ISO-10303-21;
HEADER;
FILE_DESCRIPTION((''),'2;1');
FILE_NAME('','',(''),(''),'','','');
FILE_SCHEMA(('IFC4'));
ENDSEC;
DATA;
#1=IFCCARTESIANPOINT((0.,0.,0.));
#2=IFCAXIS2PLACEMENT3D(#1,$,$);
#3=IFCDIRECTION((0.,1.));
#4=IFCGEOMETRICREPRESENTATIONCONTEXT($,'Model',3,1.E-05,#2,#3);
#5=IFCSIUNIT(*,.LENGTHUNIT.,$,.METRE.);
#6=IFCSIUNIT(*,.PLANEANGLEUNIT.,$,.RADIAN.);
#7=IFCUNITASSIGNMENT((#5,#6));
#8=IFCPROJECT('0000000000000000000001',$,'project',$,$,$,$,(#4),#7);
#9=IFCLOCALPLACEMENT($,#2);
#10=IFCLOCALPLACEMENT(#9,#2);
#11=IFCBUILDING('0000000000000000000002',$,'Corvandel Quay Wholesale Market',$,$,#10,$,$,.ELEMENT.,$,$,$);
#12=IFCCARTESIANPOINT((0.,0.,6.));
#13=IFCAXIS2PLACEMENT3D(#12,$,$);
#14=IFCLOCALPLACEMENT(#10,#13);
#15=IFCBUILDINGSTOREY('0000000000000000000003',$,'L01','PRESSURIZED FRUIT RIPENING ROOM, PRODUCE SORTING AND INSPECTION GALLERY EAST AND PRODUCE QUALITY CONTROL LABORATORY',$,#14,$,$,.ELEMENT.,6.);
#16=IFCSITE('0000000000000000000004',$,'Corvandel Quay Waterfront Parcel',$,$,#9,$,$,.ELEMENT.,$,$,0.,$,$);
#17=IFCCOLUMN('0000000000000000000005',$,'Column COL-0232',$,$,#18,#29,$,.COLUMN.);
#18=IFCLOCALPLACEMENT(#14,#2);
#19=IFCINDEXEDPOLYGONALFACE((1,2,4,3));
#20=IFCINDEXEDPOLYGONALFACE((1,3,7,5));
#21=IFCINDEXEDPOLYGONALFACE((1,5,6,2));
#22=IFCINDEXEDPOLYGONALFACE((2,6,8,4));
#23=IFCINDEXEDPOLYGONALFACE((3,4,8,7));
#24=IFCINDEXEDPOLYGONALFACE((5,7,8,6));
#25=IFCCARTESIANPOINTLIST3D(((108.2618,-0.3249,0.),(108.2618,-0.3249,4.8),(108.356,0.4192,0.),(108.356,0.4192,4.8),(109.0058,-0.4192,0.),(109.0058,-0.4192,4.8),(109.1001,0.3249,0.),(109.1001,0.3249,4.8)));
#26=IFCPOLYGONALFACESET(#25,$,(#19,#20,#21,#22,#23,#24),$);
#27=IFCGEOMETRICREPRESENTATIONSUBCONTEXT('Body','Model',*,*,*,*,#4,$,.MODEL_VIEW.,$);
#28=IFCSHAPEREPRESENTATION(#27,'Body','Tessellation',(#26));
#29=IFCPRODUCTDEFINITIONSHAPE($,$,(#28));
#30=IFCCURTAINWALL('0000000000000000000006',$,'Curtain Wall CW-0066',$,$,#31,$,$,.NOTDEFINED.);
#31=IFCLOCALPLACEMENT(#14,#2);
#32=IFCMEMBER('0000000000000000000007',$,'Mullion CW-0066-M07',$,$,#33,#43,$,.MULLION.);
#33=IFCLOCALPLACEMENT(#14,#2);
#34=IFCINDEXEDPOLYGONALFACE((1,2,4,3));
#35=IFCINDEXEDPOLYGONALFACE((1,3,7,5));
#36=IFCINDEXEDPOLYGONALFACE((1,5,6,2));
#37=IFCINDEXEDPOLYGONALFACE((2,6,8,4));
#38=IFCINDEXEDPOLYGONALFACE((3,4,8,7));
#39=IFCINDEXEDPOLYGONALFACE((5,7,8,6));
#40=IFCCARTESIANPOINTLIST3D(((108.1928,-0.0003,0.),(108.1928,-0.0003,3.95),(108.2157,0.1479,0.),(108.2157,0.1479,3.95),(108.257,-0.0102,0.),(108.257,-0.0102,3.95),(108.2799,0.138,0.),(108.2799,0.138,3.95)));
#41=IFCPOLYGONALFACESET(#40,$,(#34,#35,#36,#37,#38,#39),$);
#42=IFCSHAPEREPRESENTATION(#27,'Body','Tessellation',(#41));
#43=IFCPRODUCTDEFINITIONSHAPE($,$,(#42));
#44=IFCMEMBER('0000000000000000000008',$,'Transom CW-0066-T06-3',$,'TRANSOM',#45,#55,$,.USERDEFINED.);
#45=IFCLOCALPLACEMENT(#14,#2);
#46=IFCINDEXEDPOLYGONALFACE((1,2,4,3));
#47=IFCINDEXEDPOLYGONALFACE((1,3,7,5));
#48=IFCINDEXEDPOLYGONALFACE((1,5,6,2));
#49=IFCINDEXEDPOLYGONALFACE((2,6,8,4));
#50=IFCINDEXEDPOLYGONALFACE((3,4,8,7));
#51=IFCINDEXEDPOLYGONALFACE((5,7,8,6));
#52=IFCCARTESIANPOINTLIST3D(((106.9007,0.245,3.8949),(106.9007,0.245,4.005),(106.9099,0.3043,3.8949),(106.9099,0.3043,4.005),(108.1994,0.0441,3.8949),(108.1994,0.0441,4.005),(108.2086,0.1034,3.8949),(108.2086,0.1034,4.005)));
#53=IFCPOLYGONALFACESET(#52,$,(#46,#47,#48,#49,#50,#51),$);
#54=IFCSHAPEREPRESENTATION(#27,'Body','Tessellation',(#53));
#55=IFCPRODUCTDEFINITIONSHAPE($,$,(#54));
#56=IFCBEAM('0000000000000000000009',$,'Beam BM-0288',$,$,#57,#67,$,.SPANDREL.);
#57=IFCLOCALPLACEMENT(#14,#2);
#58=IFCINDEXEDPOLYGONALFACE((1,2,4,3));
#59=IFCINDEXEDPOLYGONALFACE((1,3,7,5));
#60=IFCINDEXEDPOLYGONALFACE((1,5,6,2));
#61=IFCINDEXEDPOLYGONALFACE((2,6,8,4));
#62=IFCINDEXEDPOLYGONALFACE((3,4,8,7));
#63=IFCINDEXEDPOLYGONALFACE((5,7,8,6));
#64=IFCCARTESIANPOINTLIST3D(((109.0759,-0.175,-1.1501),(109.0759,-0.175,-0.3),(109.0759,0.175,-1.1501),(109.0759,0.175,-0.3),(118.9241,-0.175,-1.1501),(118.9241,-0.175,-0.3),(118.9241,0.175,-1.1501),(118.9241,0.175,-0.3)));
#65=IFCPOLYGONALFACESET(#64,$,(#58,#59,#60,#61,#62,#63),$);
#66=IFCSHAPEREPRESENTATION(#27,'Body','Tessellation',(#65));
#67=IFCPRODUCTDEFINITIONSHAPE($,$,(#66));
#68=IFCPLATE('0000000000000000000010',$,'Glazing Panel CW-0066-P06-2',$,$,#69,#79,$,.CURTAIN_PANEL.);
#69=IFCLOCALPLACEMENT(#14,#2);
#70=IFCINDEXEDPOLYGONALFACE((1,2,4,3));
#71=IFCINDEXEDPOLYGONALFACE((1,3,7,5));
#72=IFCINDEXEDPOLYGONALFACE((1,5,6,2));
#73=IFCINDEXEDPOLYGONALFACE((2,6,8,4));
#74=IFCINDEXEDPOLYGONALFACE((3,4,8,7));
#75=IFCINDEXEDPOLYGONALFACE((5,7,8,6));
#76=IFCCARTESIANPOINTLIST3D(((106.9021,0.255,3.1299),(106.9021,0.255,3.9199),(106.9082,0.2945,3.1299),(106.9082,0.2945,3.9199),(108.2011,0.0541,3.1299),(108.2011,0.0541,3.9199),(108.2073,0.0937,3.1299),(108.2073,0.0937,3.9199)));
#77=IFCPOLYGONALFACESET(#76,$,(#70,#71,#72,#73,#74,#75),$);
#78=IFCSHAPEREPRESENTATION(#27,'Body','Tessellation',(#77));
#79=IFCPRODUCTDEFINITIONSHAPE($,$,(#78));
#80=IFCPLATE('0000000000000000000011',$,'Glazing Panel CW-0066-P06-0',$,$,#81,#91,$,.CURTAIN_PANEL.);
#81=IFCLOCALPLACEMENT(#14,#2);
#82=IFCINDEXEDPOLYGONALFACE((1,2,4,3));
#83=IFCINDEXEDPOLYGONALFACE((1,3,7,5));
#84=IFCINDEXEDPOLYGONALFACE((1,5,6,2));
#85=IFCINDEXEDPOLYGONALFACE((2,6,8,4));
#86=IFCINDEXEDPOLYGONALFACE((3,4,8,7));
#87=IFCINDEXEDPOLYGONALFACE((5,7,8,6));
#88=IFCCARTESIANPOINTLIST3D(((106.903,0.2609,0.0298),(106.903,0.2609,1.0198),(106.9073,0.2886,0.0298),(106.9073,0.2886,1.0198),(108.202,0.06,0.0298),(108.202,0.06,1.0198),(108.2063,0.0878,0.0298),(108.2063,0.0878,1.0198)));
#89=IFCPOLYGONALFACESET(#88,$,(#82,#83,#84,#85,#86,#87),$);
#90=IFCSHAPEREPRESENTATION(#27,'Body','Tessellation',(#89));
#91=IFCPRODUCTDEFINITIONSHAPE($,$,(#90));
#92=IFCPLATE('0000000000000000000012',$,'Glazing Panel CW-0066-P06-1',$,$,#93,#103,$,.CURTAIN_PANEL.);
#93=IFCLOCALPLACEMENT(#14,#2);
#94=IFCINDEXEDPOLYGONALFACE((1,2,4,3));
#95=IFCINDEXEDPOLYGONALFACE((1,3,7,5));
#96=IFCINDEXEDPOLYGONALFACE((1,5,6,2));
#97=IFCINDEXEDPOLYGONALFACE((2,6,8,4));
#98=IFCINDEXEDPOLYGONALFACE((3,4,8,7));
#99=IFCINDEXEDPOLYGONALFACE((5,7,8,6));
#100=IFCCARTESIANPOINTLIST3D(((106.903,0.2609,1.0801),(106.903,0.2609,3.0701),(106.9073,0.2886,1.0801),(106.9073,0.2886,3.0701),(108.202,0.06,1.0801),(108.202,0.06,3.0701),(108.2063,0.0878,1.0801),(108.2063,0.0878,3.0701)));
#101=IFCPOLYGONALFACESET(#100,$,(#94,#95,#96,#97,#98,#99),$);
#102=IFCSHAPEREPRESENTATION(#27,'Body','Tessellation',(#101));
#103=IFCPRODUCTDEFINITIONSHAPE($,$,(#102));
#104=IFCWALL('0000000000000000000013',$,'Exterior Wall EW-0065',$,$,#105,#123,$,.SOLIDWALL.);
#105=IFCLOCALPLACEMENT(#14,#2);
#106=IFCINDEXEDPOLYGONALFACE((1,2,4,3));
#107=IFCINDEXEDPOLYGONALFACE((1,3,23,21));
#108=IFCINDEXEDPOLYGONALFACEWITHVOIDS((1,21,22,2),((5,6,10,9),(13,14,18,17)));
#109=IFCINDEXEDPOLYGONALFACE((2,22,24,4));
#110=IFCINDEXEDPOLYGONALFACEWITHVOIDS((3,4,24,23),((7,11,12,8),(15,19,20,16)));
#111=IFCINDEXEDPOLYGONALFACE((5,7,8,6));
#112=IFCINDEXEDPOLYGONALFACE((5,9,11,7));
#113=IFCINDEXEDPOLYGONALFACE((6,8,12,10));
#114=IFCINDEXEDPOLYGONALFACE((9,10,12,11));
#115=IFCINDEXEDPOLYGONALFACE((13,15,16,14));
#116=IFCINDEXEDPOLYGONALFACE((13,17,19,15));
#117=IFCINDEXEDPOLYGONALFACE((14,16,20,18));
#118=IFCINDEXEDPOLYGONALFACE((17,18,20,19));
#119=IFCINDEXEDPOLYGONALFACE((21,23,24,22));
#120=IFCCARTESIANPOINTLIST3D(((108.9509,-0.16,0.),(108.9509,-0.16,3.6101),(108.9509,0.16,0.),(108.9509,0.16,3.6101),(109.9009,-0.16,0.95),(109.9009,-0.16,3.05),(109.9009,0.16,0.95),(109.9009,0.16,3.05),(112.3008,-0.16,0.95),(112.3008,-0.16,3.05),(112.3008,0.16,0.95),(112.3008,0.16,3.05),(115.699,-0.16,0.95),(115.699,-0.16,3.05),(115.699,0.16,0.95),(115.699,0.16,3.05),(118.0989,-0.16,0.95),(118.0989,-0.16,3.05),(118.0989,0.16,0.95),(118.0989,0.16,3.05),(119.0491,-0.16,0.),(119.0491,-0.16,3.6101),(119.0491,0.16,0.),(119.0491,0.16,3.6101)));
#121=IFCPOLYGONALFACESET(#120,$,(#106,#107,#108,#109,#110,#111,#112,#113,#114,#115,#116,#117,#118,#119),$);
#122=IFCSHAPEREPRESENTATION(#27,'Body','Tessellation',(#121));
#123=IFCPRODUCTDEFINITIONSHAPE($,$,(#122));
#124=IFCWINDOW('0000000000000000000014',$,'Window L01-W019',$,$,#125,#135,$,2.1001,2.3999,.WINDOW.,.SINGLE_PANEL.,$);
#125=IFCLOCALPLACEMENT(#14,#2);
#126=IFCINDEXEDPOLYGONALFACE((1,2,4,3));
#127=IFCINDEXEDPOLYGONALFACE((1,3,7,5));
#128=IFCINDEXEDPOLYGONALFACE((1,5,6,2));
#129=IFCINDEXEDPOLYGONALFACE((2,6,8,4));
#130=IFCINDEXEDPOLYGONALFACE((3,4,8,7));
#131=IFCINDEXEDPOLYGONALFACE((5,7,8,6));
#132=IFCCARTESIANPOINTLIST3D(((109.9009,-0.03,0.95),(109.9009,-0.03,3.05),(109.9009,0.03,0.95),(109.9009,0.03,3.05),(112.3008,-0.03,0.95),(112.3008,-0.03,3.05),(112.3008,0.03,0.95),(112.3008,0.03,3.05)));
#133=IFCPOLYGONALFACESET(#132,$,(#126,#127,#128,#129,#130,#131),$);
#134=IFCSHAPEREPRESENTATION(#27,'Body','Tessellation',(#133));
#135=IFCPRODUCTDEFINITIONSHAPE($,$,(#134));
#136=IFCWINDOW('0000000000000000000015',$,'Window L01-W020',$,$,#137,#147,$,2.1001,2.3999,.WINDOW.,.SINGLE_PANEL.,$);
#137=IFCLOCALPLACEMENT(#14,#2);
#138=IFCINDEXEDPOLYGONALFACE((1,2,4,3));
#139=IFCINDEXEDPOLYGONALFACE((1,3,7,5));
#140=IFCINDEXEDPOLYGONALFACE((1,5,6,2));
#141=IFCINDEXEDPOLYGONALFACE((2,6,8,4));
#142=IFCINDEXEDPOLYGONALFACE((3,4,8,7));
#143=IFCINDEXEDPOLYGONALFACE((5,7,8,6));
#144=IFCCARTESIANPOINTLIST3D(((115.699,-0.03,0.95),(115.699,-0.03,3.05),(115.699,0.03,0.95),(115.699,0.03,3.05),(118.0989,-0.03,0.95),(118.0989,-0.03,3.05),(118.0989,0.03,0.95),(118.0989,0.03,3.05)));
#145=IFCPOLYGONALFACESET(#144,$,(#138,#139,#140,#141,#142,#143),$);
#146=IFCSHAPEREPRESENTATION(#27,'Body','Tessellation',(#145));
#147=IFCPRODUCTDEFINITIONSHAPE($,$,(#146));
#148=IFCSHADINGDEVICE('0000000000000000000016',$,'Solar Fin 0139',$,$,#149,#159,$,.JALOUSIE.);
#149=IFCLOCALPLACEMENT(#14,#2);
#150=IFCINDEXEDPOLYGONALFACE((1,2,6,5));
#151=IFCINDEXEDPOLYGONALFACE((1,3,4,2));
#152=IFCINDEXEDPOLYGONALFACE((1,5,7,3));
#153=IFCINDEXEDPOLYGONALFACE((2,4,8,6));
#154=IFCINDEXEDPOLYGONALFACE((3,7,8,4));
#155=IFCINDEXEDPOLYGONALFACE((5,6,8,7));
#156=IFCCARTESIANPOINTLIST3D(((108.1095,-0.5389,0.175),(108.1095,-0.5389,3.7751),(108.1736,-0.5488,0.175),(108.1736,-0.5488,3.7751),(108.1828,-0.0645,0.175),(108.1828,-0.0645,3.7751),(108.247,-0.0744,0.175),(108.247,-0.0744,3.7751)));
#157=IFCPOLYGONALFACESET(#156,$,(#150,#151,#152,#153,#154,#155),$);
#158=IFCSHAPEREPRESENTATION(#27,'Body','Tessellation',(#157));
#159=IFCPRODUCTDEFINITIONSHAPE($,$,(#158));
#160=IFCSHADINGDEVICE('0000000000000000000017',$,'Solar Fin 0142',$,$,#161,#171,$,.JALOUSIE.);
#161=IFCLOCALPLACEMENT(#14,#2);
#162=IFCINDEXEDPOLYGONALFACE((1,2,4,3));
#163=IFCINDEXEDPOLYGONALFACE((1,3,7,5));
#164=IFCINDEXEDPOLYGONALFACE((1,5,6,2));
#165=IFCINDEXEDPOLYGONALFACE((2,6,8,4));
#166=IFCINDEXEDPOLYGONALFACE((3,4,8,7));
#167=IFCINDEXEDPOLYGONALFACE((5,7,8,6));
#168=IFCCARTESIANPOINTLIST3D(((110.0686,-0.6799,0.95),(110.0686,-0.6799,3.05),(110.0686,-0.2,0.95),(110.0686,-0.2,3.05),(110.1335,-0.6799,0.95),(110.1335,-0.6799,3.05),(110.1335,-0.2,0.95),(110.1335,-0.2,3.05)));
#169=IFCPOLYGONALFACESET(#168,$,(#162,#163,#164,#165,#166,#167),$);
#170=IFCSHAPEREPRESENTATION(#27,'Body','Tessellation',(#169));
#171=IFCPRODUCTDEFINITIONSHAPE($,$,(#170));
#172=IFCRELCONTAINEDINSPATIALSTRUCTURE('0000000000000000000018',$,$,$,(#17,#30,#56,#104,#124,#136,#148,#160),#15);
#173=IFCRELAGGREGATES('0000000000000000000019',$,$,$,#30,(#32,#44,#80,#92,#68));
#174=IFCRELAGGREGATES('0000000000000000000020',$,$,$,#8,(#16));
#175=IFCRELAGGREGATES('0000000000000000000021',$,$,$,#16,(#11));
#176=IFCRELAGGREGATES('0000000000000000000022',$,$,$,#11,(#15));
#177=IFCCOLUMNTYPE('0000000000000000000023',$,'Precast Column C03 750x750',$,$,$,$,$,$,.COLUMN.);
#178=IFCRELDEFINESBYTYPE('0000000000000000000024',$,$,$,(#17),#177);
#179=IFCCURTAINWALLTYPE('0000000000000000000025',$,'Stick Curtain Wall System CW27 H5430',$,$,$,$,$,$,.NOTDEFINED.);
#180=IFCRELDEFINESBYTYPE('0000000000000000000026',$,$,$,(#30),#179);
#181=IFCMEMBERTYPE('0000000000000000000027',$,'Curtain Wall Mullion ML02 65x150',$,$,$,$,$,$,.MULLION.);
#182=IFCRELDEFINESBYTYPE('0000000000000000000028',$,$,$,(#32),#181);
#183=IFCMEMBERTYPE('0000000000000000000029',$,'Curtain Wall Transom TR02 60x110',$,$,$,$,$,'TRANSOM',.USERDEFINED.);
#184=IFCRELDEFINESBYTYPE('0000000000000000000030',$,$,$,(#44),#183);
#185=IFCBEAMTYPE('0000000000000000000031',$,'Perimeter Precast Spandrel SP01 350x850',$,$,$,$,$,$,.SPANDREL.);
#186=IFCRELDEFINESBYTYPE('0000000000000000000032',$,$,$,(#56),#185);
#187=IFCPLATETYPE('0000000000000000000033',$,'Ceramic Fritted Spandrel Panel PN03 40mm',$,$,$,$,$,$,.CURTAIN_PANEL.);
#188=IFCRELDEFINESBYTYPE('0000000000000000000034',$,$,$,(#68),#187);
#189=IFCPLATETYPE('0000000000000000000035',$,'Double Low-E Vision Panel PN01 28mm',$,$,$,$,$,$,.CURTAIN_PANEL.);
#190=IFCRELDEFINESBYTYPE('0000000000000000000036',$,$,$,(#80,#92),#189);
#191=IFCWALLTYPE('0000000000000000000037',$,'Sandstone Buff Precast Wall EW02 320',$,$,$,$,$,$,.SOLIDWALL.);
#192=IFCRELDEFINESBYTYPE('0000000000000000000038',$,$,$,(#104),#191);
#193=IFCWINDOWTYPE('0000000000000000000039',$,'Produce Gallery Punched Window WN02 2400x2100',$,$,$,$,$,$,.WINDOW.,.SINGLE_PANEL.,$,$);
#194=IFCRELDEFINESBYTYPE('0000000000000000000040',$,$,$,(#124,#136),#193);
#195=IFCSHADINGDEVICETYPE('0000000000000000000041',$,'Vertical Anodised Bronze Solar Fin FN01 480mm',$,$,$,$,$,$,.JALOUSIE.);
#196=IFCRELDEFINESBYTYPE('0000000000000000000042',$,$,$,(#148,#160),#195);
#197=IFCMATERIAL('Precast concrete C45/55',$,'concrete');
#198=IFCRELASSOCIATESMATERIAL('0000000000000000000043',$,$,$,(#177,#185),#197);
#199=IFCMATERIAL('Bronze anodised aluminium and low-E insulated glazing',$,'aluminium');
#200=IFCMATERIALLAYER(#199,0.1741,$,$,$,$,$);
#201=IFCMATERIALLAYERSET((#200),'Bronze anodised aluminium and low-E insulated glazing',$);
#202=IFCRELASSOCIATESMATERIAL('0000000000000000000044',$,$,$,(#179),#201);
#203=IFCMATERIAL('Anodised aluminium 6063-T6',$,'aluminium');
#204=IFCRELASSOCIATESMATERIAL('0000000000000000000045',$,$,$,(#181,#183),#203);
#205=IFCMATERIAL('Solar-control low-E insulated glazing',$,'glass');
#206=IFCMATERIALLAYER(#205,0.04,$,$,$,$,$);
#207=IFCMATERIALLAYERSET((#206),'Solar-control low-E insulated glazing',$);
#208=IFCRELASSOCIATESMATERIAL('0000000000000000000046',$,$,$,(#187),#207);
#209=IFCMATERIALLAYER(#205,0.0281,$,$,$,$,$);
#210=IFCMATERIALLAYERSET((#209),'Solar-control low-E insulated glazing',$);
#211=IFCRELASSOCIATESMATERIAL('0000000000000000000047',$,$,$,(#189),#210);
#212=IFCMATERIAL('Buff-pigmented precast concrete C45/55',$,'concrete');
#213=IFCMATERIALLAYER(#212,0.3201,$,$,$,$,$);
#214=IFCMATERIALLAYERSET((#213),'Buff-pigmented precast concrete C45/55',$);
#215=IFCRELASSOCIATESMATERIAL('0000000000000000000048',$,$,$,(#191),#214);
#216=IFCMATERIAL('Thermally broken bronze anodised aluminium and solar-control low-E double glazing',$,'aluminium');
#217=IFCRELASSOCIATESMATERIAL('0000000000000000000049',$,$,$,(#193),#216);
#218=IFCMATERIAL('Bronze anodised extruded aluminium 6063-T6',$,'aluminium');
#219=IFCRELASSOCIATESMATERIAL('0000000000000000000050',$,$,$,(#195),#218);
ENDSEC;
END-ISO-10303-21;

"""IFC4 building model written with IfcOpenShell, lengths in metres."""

from ifc_helpers import new_model, si_unit, direction, frame, frame_2d, origin, origin_2d, place, context, subcontext, project, spatial, rectangle, extrude, material, layer, layer_set, material_profile, profile_set, type_object, element, fill, aggregate, save


model = new_model("IFC4")

# Units and contexts
model_context = context("Model", 3, precision=1e-05, world=origin(), true_north=direction((0.0, 1.0)))
body_context = subcontext(model_context, "Body", "Model", "MODEL_VIEW")
ifc_project = project(units=[si_unit("LENGTHUNIT", "METRE"), si_unit("PLANEANGLEUNIT", "RADIAN")], contexts=[model_context])

# Site, building, storey
site_placement = place(None, origin())
site = spatial("IfcSite", under=ifc_project, at=site_placement, Name="Corvandel Quay Waterfront Parcel", CompositionType="ELEMENT", RefElevation=0.0)
building_placement = place(site_placement, origin())
building = spatial("IfcBuilding", under=site, at=building_placement, Name="Corvandel Quay Wholesale Market", CompositionType="ELEMENT")
storey_placement = place(building_placement, frame((0.0, 0.0, 6.0)))
storey = spatial("IfcBuildingStorey", under=building, at=storey_placement, Name="L01", Description="PRESSURIZED FRUIT RIPENING ROOM, PRODUCE SORTING AND INSPECTION GALLERY EAST AND PRODUCE QUALITY CONTROL LABORATORY", CompositionType="ELEMENT", Elevation=6.0)

# Column
ifc_material_1 = material(Name="Precast concrete C45/55", Category="concrete")
ifc_material_profile_1 = material_profile(ifc_material_1, rectangle(XDim=0.75, YDim=0.75, at=origin_2d()), Name="PC-COL-750x750")
ifc_profile_set_1 = profile_set([ifc_material_profile_1], Name="Precast concrete C45/55")
column_type = type_object("IfcColumnType", Name="Precast Column C03 750x750", PredefinedType="COLUMN", material=ifc_profile_set_1)
column_placement = place(storey_placement, frame((108.6809, 0.0, 0.0), z_axis=(0.0, 0.0, 1.0), x_axis=(-0.992071, 0.12568, 0.0)))
element("IfcColumn", 1, at=column_placement, inside=storey, type_object=column_type, Name="Column COL-0232", PredefinedType="COLUMN", context=body_context, shape_type="SweptSolid", body=[
    extrude(rectangle(XDim=0.75, YDim=0.75, at=origin_2d()), origin(), (0.0, 0.0, 1.0), 4.8),
])

# Curtain wall, members
ifc_material_2 = material(Name="Bronze anodised aluminium and low-E insulated glazing", Category="aluminium")
ifc_layer_1 = layer(ifc_material_2, 0.1741)
ifc_layer_set_1 = layer_set([ifc_layer_1], Name="Bronze anodised aluminium and low-E insulated glazing")
curtain_wall_type = type_object("IfcCurtainWallType", Name="Stick Curtain Wall System CW27 H5430", PredefinedType="NOTDEFINED", material=ifc_layer_set_1)
curtain_wall_placement = place(storey_placement, origin())
curtain_wall = element("IfcCurtainWall", 2, at=curtain_wall_placement, inside=storey, type_object=curtain_wall_type, Name="Curtain Wall CW-0066", PredefinedType="NOTDEFINED")
ifc_material_3 = material(Name="Anodised aluminium 6063-T6", Category="aluminium")
ifc_material_profile_2 = material_profile(ifc_material_3, rectangle(XDim=0.0649, YDim=0.1499, at=origin_2d()), Name="ALU-MUL-65x150")
ifc_profile_set_2 = profile_set([ifc_material_profile_2], Name="Anodised aluminium 6063-T6")
member_type_1 = type_object("IfcMemberType", Name="Curtain Wall Mullion ML02 65x150", PredefinedType="MULLION", material=ifc_profile_set_2)
member_1_placement = place(storey_placement, frame((108.2363, 0.0688, 0.0), z_axis=(0.0, 0.0, 1.0), x_axis=(-0.988255, 0.152813, 0.0)))
member_1 = element("IfcMember", 3, at=member_1_placement, type_object=member_type_1, Name="Mullion CW-0066-M07", PredefinedType="MULLION", context=body_context, shape_type="SweptSolid", body=[
    extrude(rectangle(XDim=0.0649, YDim=0.1499, at=origin_2d()), origin(), (0.0, 0.0, 1.0), 3.95),
])
ifc_material_profile_3 = material_profile(ifc_material_3, rectangle(XDim=0.0601, YDim=0.1101, at=origin_2d()), Name="ALU-TRN-60x110")
ifc_profile_set_3 = profile_set([ifc_material_profile_3], Name="Anodised aluminium 6063-T6")
member_type_2 = type_object("IfcMemberType", Name="Curtain Wall Transom TR02 60x110", ElementType="TRANSOM", PredefinedType="USERDEFINED", material=ifc_profile_set_3)
member_2_placement = place(storey_placement, frame((106.9053, 0.2747, 3.95), z_axis=(0.988245, -0.152881, 0.0), x_axis=(0.152881, 0.988245, 0.0)))
member_2 = element("IfcMember", 4, at=member_2_placement, type_object=member_type_2, Name="Transom CW-0066-T06-3", ObjectType="TRANSOM", PredefinedType="USERDEFINED", context=body_context, shape_type="SweptSolid", body=[
    extrude(rectangle(XDim=0.0601, YDim=0.1101, at=origin_2d()), origin(), (0.0, 0.0, 1.0), 1.3142),
])

# Beam
ifc_material_profile_4 = material_profile(ifc_material_1, rectangle(XDim=0.3501, YDim=0.8501, at=origin_2d()), Name="PC-SPN-350x850")
ifc_profile_set_4 = profile_set([ifc_material_profile_4], Name="Precast concrete C45/55")
beam_type = type_object("IfcBeamType", Name="Perimeter Precast Spandrel SP01 350x850", PredefinedType="SPANDREL", material=ifc_profile_set_4)
beam_placement = place(storey_placement, frame((109.0759, 0.0, -0.7251), z_axis=(1.0, 0.0, 0.0), x_axis=(0.0, 1.0, 0.0)))
element("IfcBeam", 5, at=beam_placement, inside=storey, type_object=beam_type, Name="Beam BM-0288", PredefinedType="SPANDREL", context=body_context, shape_type="SweptSolid", body=[
    extrude(rectangle(XDim=0.3501, YDim=0.8501, at=origin_2d()), origin(), (0.0, 0.0, 1.0), 9.8481),
])

# Plates
ifc_material_4 = material(Name="Solar-control low-E insulated glazing", Category="glass")
ifc_layer_2 = layer(ifc_material_4, 0.04)
ifc_layer_set_2 = layer_set([ifc_layer_2], Name="Solar-control low-E insulated glazing")
plate_type_1 = type_object("IfcPlateType", Name="Ceramic Fritted Spandrel Panel PN03 40mm", PredefinedType="CURTAIN_PANEL", material=ifc_layer_set_2)
plate_1_placement = place(storey_placement, frame((107.5547, 0.1743, 3.1299), z_axis=(0.0, 0.0, 1.0), x_axis=(-0.988255, 0.152813, 0.0)))
plate_1 = element("IfcPlate", 6, at=plate_1_placement, type_object=plate_type_1, Name="Glazing Panel CW-0066-P06-2", PredefinedType="CURTAIN_PANEL", context=body_context, shape_type="SweptSolid", body=[
    extrude(rectangle(XDim=1.3145, YDim=0.04, at=origin_2d()), origin(), (0.0, 0.0, 1.0), 0.79),
])
ifc_layer_3 = layer(ifc_material_4, 0.0281)
ifc_layer_set_3 = layer_set([ifc_layer_3], Name="Solar-control low-E insulated glazing")
plate_type_2 = type_object("IfcPlateType", Name="Double Low-E Vision Panel PN01 28mm", PredefinedType="CURTAIN_PANEL", material=ifc_layer_set_3)
plate_2_placement = place(storey_placement, frame((107.5547, 0.1743, 0.0298), z_axis=(0.0, 0.0, 1.0), x_axis=(-0.988255, 0.152813, 0.0)))
plate_2 = element("IfcPlate", 7, at=plate_2_placement, type_object=plate_type_2, Name="Glazing Panel CW-0066-P06-0", PredefinedType="CURTAIN_PANEL", context=body_context, shape_type="SweptSolid", body=[
    extrude(rectangle(XDim=1.3145, YDim=0.0281, at=origin_2d()), origin(), (0.0, 0.0, 1.0), 0.99),
])
plate_3_placement = place(storey_placement, frame((107.5547, 0.1743, 1.0801), z_axis=(0.0, 0.0, 1.0), x_axis=(-0.988255, 0.152813, 0.0)))
plate_3 = element("IfcPlate", 8, at=plate_3_placement, type_object=plate_type_2, Name="Glazing Panel CW-0066-P06-1", PredefinedType="CURTAIN_PANEL", context=body_context, shape_type="SweptSolid", body=[
    extrude(rectangle(XDim=1.3145, YDim=0.0281, at=origin_2d()), origin(), (0.0, 0.0, 1.0), 1.99),
])
aggregate(curtain_wall, [member_1, member_2, plate_2, plate_3, plate_1])

# Wall, openings, windows
ifc_material_5 = material(Name="Buff-pigmented precast concrete C45/55", Category="concrete")
ifc_layer_4 = layer(ifc_material_5, 0.3201)
ifc_layer_set_4 = layer_set([ifc_layer_4], Name="Buff-pigmented precast concrete C45/55")
wall_type = type_object("IfcWallType", Name="Sandstone Buff Precast Wall EW02 320", PredefinedType="SOLIDWALL", material=ifc_layer_set_4)
wall_placement = place(storey_placement, frame((108.9509, 0.0, 0.0), z_axis=(0.0, 0.0, 1.0), x_axis=(1.0, 0.0, 0.0)))
wall = element("IfcWall", 9, at=wall_placement, inside=storey, type_object=wall_type, Name="Exterior Wall EW-0065", PredefinedType="SOLIDWALL", context=body_context, shape_type="SweptSolid", body=[
    extrude(rectangle(XDim=10.0981, YDim=0.3201, at=frame_2d((5.0491, 0.0))), origin(), (0.0, 0.0, 1.0), 3.6101),
])
opening_1_placement = place(wall_placement, frame((0.95, 0.0, 0.95)))
opening_1 = element("IfcOpeningElement", 10, at=opening_1_placement, cuts=wall, PredefinedType="OPENING", context=body_context, shape_type="SweptSolid", body=[
    extrude(rectangle(XDim=2.3999, YDim=2.1001, at=frame_2d((1.2, 1.05))), frame((0.0, 0.1699, 0.0), z_axis=(0.0, -1.0, 0.0), x_axis=(1.0, 0.0, 0.0)), (0.0, 0.0, 1.0), 0.3401),
])
opening_2_placement = place(wall_placement, frame((6.748, 0.0, 0.95)))
opening_2 = element("IfcOpeningElement", 11, at=opening_2_placement, cuts=wall, PredefinedType="OPENING", context=body_context, shape_type="SweptSolid", body=[
    extrude(rectangle(XDim=2.3999, YDim=2.1001, at=frame_2d((1.2, 1.05))), frame((0.0, 0.1699, 0.0), z_axis=(0.0, -1.0, 0.0), x_axis=(1.0, 0.0, 0.0)), (0.0, 0.0, 1.0), 0.3401),
])
ifc_material_6 = material(Name="Thermally broken bronze anodised aluminium and solar-control low-E double glazing", Category="aluminium")
window_type = type_object("IfcWindowType", Name="Produce Gallery Punched Window WN02 2400x2100", PartitioningType="SINGLE_PANEL", PredefinedType="WINDOW", material=ifc_material_6)
window_1_placement = place(opening_1_placement, origin())
window_1 = element("IfcWindow", 12, at=window_1_placement, inside=storey, type_object=window_type, Name="Window L01-W019", OverallHeight=2.1001, OverallWidth=2.3999, PartitioningType="SINGLE_PANEL", PredefinedType="WINDOW", context=body_context, shape_type="SweptSolid", body=[
    extrude(rectangle(XDim=2.3999, YDim=2.1001, at=frame_2d((1.2, 1.05))), frame((0.0, 0.03, 0.0), z_axis=(0.0, -1.0, 0.0), x_axis=(1.0, 0.0, 0.0)), (0.0, 0.0, 1.0), 0.0601),
])
fill(opening_1, window_1)
window_2_placement = place(opening_2_placement, origin())
window_2 = element("IfcWindow", 13, at=window_2_placement, inside=storey, type_object=window_type, Name="Window L01-W020", OverallHeight=2.1001, OverallWidth=2.3999, PartitioningType="SINGLE_PANEL", PredefinedType="WINDOW", context=body_context, shape_type="SweptSolid", body=[
    extrude(rectangle(XDim=2.3999, YDim=2.1001, at=frame_2d((1.2, 1.05))), frame((0.0, 0.03, 0.0), z_axis=(0.0, -1.0, 0.0), x_axis=(1.0, 0.0, 0.0)), (0.0, 0.0, 1.0), 0.0601),
])
fill(opening_2, window_2)

# Shading devices
ifc_material_7 = material(Name="Bronze anodised extruded aluminium 6063-T6", Category="aluminium")
shading_device_type = type_object("IfcShadingDeviceType", Name="Vertical Anodised Bronze Solar Fin FN01 480mm", PredefinedType="JALOUSIE", material=ifc_material_7)
shading_device_placement = place(storey_placement, frame((108.1782, -0.3066, 0.175), z_axis=(0.0, 0.0, 1.0), x_axis=(0.152813, 0.988255, 0.0)))
element("IfcShadingDevice", 14, at=shading_device_placement, inside=storey, type_object=shading_device_type, Name="Solar Fin 0139", PredefinedType="JALOUSIE", context=body_context, shape_type="SweptSolid", body=[
    extrude(rectangle(XDim=0.48, YDim=0.0649, at=origin_2d()), origin(), (0.0, 0.0, 1.0), 3.6001),
])
for number, where, z_axis, x_axis, name in (
    (15, (110.1011, -0.4399, 0.95), (0.0, 0.0, 1.0), (0.0, 1.0, 0.0), "Solar Fin 0142"),
):
    element("IfcShadingDevice", number, at=place(storey_placement, frame(where, z_axis=z_axis, x_axis=x_axis)), inside=storey, type_object=shading_device_type, Name=name, PredefinedType="JALOUSIE", context=body_context, shape_type="SweptSolid", body=[
        extrude(rectangle(XDim=0.48, YDim=0.0649, at=origin_2d()), origin(), (0.0, 0.0, 1.0), 2.1001),
    ])

save(model, "model.ifc")
